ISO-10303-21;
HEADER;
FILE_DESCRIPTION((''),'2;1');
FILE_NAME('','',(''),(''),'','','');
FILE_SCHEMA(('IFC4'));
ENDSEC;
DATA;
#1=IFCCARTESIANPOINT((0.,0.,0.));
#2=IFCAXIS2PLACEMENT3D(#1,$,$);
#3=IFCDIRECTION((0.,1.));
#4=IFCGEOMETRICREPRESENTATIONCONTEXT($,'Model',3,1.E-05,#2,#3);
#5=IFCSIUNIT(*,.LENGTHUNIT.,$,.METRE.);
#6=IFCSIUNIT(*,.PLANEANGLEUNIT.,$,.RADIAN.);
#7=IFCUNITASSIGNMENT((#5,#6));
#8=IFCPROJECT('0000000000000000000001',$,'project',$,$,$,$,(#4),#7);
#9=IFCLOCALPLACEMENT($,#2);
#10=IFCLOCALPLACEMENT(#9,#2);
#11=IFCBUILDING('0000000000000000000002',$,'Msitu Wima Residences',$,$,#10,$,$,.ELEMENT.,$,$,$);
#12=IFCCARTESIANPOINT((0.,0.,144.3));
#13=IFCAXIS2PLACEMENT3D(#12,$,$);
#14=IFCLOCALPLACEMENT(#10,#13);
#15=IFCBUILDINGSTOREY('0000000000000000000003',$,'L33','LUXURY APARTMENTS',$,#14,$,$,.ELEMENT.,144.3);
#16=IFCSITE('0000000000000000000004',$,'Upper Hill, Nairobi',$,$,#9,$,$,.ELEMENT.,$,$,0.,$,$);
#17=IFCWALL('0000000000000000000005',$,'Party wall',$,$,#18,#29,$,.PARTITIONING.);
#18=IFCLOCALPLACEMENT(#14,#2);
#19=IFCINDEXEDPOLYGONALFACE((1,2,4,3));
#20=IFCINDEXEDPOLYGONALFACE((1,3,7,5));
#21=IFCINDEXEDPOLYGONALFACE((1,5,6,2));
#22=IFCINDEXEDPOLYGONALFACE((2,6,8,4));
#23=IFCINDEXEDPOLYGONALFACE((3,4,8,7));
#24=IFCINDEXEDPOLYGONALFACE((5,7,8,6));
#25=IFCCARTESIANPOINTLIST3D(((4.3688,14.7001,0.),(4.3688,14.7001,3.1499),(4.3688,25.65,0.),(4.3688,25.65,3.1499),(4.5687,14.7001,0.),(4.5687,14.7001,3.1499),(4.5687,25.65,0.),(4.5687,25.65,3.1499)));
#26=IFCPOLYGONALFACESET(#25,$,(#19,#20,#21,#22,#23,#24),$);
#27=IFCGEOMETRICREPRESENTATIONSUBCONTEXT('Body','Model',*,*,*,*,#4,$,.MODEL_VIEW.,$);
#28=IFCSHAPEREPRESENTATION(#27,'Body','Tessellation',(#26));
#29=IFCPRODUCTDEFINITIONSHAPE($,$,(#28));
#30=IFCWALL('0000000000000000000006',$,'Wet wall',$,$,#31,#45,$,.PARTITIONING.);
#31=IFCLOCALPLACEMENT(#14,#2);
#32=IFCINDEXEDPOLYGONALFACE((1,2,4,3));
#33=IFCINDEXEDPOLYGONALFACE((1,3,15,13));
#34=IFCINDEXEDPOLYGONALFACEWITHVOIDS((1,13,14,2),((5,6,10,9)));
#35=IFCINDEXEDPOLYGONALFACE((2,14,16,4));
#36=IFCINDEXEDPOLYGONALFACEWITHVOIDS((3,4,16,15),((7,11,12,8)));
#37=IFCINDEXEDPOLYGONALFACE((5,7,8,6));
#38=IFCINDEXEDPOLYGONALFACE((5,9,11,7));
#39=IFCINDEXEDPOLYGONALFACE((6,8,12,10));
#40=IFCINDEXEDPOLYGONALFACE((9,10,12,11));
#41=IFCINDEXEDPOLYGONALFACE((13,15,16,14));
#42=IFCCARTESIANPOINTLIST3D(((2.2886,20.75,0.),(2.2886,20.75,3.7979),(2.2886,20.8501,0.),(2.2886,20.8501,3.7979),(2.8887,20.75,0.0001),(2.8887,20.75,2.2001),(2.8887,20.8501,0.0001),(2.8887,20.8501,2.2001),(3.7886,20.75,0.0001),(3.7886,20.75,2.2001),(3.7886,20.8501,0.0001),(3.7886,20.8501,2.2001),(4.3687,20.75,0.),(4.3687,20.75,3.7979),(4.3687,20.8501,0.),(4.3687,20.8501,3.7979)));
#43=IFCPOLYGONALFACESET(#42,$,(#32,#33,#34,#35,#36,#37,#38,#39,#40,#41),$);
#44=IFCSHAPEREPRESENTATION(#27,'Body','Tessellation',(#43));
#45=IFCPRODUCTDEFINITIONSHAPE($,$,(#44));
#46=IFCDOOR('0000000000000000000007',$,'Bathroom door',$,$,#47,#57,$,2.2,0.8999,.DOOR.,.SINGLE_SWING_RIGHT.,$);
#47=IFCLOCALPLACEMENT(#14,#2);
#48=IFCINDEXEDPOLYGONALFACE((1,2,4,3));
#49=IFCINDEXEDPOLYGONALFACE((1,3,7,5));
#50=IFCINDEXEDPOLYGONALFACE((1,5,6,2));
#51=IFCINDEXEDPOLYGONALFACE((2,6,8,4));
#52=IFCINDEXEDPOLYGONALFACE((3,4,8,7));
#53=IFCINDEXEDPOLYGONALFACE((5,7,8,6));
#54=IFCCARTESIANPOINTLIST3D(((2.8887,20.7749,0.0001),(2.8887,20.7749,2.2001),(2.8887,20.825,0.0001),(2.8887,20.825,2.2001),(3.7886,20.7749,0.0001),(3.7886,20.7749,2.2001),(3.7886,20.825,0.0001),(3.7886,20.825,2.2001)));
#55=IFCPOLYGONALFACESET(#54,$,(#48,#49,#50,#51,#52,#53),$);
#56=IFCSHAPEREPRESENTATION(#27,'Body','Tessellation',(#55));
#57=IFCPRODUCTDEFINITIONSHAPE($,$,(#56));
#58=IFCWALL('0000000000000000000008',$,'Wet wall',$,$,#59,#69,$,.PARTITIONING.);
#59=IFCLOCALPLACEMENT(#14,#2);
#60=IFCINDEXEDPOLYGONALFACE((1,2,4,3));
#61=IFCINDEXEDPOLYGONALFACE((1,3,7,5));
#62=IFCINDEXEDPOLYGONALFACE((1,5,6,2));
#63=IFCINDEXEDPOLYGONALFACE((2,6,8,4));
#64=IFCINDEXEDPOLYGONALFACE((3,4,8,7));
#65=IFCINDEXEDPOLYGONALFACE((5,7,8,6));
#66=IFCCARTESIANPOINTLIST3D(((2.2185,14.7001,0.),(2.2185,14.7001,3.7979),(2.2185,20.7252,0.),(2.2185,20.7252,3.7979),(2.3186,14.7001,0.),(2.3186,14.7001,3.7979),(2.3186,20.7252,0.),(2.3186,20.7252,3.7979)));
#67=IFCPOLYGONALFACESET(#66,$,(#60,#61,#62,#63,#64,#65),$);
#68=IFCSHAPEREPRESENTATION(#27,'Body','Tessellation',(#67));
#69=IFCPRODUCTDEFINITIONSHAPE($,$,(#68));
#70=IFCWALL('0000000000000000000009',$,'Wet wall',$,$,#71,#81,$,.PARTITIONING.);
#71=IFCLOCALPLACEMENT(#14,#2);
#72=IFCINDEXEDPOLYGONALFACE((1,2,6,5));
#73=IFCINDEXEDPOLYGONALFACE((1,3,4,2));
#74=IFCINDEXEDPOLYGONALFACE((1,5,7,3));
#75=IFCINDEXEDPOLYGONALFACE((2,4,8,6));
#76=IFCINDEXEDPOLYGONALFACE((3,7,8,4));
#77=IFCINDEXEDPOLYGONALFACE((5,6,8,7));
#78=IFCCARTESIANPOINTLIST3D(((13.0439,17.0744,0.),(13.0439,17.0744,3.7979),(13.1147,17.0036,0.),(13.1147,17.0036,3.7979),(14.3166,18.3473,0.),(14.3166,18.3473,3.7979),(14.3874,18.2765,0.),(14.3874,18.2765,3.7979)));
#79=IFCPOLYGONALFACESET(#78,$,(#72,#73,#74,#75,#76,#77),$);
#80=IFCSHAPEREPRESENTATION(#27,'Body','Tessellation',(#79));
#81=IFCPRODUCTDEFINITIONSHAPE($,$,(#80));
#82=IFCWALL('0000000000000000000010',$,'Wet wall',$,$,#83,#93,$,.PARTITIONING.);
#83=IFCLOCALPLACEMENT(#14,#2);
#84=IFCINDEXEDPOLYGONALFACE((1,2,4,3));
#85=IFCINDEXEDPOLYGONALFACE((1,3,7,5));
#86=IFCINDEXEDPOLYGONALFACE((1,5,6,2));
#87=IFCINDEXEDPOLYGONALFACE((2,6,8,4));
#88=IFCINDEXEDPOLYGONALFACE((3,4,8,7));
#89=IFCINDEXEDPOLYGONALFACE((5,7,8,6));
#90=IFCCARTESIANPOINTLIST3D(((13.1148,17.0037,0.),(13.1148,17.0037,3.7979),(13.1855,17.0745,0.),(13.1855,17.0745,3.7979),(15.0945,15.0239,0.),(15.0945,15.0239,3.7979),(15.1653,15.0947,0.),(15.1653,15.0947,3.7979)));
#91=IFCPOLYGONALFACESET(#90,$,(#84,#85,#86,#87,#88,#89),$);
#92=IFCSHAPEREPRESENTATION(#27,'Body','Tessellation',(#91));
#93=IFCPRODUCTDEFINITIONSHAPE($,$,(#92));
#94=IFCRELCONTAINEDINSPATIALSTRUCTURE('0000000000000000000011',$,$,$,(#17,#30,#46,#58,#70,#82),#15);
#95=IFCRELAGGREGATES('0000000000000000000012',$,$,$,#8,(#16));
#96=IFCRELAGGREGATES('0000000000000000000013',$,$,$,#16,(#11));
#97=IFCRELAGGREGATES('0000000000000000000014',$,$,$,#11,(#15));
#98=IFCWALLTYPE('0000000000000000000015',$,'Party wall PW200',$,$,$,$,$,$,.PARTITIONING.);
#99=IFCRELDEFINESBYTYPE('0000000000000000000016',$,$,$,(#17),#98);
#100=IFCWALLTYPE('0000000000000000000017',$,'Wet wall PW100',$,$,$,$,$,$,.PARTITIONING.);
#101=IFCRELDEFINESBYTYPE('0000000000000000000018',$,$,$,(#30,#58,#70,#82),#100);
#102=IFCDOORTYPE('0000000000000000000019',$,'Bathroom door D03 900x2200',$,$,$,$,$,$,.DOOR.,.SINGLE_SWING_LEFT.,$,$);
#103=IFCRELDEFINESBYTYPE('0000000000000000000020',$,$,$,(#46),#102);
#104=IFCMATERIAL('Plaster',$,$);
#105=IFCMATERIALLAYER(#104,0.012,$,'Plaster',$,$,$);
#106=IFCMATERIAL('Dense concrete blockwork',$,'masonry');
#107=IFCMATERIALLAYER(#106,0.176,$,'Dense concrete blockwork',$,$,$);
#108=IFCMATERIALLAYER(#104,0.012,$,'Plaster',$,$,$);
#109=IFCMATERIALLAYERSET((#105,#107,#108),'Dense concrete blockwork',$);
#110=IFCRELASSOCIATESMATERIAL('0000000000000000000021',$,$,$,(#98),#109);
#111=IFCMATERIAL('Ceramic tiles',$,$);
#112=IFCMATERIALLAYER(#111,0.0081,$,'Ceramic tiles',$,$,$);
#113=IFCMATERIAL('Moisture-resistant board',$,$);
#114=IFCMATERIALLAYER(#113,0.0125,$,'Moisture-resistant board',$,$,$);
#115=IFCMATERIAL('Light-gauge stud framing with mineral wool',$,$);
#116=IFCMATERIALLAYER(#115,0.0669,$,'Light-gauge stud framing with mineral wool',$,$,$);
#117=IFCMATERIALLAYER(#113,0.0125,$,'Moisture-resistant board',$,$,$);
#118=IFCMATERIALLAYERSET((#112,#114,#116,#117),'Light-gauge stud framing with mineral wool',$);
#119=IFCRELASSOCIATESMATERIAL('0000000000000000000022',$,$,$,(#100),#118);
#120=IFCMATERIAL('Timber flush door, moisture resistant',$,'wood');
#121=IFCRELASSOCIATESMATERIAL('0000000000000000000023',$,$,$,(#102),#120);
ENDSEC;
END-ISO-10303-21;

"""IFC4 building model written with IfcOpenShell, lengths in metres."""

from ifc_helpers import new_model, si_unit, direction, frame, frame_2d, origin, place, context, subcontext, project, spatial, rectangle, extrude, material, layer, layer_set, type_object, element, fill, save


model = new_model("IFC4")

# Units and contexts
model_context = context("Model", 3, precision=1e-05, world=origin(), true_north=direction((0.0, 1.0)))
body_context = subcontext(model_context, "Body", "Model", "MODEL_VIEW")
ifc_project = project(units=[si_unit("LENGTHUNIT", "METRE"), si_unit("PLANEANGLEUNIT", "RADIAN")], contexts=[model_context])

# Site, building, storey
site_placement = place(None, origin())
site = spatial("IfcSite", under=ifc_project, at=site_placement, Name="Upper Hill, Nairobi", CompositionType="ELEMENT", RefElevation=0.0)
building_placement = place(site_placement, origin())
building = spatial("IfcBuilding", under=site, at=building_placement, Name="Msitu Wima Residences", CompositionType="ELEMENT")
storey_placement = place(building_placement, frame((0.0, 0.0, 144.3)))
storey = spatial("IfcBuildingStorey", under=building, at=storey_placement, Name="L33", Description="LUXURY APARTMENTS", CompositionType="ELEMENT", Elevation=144.3)

# Shared definitions
ifc_material_1 = material(Name="Plaster")

# Wall
ifc_layer_1 = layer(ifc_material_1, 0.012, Name="Plaster")
ifc_material_2 = material(Name="Dense concrete blockwork", Category="masonry")
ifc_layer_2 = layer(ifc_material_2, 0.176, Name="Dense concrete blockwork")
ifc_layer_3 = layer(ifc_material_1, 0.012, Name="Plaster")
ifc_layer_set_1 = layer_set([ifc_layer_1, ifc_layer_2, ifc_layer_3], Name="Dense concrete blockwork")
wall_type_1 = type_object("IfcWallType", Name="Party wall PW200", PredefinedType="PARTITIONING", material=ifc_layer_set_1)
wall_1_placement = place(storey_placement, frame((4.4688, 14.7, 0.0), z_axis=(0.0, 0.0, 1.0), x_axis=(0.0, 1.0, 0.0)))
element("IfcWall", 1, at=wall_1_placement, inside=storey, type_object=wall_type_1, Name="Party wall", PredefinedType="PARTITIONING", context=body_context, shape_type="SweptSolid", body=[
    extrude(rectangle(XDim=10.95, YDim=0.2, at=frame_2d((5.4751, 0.0))), origin(), (0.0, 0.0, 1.0), 3.1499),
])

# Wall, opening, door
ifc_material_3 = material(Name="Ceramic tiles")
ifc_layer_4 = layer(ifc_material_3, 0.0081, Name="Ceramic tiles")
ifc_material_4 = material(Name="Moisture-resistant board")
ifc_layer_5 = layer(ifc_material_4, 0.0125, Name="Moisture-resistant board")
ifc_material_5 = material(Name="Light-gauge stud framing with mineral wool")
ifc_layer_6 = layer(ifc_material_5, 0.0669, Name="Light-gauge stud framing with mineral wool")
ifc_layer_7 = layer(ifc_material_4, 0.0125, Name="Moisture-resistant board")
ifc_layer_set_2 = layer_set([ifc_layer_4, ifc_layer_5, ifc_layer_6, ifc_layer_7], Name="Light-gauge stud framing with mineral wool")
wall_type_2 = type_object("IfcWallType", Name="Wet wall PW100", PredefinedType="PARTITIONING", material=ifc_layer_set_2)
wall_2_placement = place(storey_placement, frame((2.2886, 20.8, 0.0), z_axis=(0.0, 0.0, 1.0), x_axis=(1.0, 0.0, 0.0)))
wall_2 = element("IfcWall", 2, at=wall_2_placement, inside=storey, type_object=wall_type_2, Name="Wet wall", PredefinedType="PARTITIONING", context=body_context, shape_type="SweptSolid", body=[
    extrude(rectangle(XDim=2.0801, YDim=0.1001, at=frame_2d((1.04, 0.0))), origin(), (0.0, 0.0, 1.0), 3.7979),
])
opening_1_placement = place(wall_2_placement, frame((0.6001, 0.0, 0.0)))
opening_1 = element("IfcOpeningElement", 3, at=opening_1_placement, cuts=wall_2, PredefinedType="OPENING", context=body_context, shape_type="SweptSolid", body=[
    extrude(rectangle(XDim=0.8999, YDim=2.2, at=frame_2d((0.45, 1.1001))), frame((0.0, 0.0601, 0.0), z_axis=(0.0, -1.0, 0.0), x_axis=(1.0, 0.0, 0.0)), (0.0, 0.0, 1.0), 0.1201),
])
ifc_material_6 = material(Name="Timber flush door, moisture resistant", Category="wood")
door_type_1 = type_object("IfcDoorType", Name="Bathroom door D03 900x2200", OperationType="SINGLE_SWING_LEFT", PredefinedType="DOOR", material=ifc_material_6)
door_1_placement = place(opening_1_placement, origin())
door_1 = element("IfcDoor", 4, at=door_1_placement, inside=storey, type_object=door_type_1, Name="Bathroom door", OperationType="SINGLE_SWING_RIGHT", OverallHeight=2.2, OverallWidth=0.8999, PredefinedType="DOOR", context=body_context, shape_type="SweptSolid", body=[
    extrude(rectangle(XDim=0.8999, YDim=2.2, at=frame_2d((0.45, 1.1001))), frame((0.0, 0.0249, 0.0), z_axis=(0.0, -1.0, 0.0), x_axis=(1.0, 0.0, 0.0)), (0.0, 0.0, 1.0), 0.05),
])
fill(opening_1, door_1)

# Walls
wall_3_placement = place(storey_placement, frame((2.2686, 14.7, 0.0), z_axis=(0.0, 0.0, 1.0), x_axis=(0.0, 1.0, 0.0)))
element("IfcWall", 5, at=wall_3_placement, inside=storey, type_object=wall_type_2, Name="Wet wall", PredefinedType="PARTITIONING", context=body_context, shape_type="SweptSolid", body=[
    extrude(rectangle(XDim=6.0251, YDim=0.1001, at=frame_2d((3.0127, 0.0))), origin(), (0.0, 0.0, 1.0), 3.7979),
])
wall_4_placement = place(storey_placement, frame((13.0793, 17.0391, 0.0), z_axis=(0.0, 0.0, 1.0), x_axis=(0.707039, 0.707175, 0.0)))
element("IfcWall", 6, at=wall_4_placement, inside=storey, type_object=wall_type_2, Name="Wet wall", PredefinedType="PARTITIONING", context=body_context, shape_type="SweptSolid", body=[
    extrude(rectangle(XDim=1.8, YDim=0.1001, at=frame_2d((0.8999, 0.0))), origin(), (0.0, 0.0, 1.0), 3.7979),
])
wall_5_placement = place(storey_placement, frame((13.1501, 17.0391, 0.0), z_axis=(0.0, 0.0, 1.0), x_axis=(0.707107, -0.707107, 0.0)))
element("IfcWall", 7, at=wall_5_placement, inside=storey, type_object=wall_type_2, Name="Wet wall", PredefinedType="PARTITIONING", context=body_context, shape_type="SweptSolid", body=[
    extrude(rectangle(XDim=2.7998, YDim=0.1001, at=frame_2d((1.3999, 0.0))), origin(), (0.0, 0.0, 1.0), 3.7979),
])

save(model, "model.ifc")
